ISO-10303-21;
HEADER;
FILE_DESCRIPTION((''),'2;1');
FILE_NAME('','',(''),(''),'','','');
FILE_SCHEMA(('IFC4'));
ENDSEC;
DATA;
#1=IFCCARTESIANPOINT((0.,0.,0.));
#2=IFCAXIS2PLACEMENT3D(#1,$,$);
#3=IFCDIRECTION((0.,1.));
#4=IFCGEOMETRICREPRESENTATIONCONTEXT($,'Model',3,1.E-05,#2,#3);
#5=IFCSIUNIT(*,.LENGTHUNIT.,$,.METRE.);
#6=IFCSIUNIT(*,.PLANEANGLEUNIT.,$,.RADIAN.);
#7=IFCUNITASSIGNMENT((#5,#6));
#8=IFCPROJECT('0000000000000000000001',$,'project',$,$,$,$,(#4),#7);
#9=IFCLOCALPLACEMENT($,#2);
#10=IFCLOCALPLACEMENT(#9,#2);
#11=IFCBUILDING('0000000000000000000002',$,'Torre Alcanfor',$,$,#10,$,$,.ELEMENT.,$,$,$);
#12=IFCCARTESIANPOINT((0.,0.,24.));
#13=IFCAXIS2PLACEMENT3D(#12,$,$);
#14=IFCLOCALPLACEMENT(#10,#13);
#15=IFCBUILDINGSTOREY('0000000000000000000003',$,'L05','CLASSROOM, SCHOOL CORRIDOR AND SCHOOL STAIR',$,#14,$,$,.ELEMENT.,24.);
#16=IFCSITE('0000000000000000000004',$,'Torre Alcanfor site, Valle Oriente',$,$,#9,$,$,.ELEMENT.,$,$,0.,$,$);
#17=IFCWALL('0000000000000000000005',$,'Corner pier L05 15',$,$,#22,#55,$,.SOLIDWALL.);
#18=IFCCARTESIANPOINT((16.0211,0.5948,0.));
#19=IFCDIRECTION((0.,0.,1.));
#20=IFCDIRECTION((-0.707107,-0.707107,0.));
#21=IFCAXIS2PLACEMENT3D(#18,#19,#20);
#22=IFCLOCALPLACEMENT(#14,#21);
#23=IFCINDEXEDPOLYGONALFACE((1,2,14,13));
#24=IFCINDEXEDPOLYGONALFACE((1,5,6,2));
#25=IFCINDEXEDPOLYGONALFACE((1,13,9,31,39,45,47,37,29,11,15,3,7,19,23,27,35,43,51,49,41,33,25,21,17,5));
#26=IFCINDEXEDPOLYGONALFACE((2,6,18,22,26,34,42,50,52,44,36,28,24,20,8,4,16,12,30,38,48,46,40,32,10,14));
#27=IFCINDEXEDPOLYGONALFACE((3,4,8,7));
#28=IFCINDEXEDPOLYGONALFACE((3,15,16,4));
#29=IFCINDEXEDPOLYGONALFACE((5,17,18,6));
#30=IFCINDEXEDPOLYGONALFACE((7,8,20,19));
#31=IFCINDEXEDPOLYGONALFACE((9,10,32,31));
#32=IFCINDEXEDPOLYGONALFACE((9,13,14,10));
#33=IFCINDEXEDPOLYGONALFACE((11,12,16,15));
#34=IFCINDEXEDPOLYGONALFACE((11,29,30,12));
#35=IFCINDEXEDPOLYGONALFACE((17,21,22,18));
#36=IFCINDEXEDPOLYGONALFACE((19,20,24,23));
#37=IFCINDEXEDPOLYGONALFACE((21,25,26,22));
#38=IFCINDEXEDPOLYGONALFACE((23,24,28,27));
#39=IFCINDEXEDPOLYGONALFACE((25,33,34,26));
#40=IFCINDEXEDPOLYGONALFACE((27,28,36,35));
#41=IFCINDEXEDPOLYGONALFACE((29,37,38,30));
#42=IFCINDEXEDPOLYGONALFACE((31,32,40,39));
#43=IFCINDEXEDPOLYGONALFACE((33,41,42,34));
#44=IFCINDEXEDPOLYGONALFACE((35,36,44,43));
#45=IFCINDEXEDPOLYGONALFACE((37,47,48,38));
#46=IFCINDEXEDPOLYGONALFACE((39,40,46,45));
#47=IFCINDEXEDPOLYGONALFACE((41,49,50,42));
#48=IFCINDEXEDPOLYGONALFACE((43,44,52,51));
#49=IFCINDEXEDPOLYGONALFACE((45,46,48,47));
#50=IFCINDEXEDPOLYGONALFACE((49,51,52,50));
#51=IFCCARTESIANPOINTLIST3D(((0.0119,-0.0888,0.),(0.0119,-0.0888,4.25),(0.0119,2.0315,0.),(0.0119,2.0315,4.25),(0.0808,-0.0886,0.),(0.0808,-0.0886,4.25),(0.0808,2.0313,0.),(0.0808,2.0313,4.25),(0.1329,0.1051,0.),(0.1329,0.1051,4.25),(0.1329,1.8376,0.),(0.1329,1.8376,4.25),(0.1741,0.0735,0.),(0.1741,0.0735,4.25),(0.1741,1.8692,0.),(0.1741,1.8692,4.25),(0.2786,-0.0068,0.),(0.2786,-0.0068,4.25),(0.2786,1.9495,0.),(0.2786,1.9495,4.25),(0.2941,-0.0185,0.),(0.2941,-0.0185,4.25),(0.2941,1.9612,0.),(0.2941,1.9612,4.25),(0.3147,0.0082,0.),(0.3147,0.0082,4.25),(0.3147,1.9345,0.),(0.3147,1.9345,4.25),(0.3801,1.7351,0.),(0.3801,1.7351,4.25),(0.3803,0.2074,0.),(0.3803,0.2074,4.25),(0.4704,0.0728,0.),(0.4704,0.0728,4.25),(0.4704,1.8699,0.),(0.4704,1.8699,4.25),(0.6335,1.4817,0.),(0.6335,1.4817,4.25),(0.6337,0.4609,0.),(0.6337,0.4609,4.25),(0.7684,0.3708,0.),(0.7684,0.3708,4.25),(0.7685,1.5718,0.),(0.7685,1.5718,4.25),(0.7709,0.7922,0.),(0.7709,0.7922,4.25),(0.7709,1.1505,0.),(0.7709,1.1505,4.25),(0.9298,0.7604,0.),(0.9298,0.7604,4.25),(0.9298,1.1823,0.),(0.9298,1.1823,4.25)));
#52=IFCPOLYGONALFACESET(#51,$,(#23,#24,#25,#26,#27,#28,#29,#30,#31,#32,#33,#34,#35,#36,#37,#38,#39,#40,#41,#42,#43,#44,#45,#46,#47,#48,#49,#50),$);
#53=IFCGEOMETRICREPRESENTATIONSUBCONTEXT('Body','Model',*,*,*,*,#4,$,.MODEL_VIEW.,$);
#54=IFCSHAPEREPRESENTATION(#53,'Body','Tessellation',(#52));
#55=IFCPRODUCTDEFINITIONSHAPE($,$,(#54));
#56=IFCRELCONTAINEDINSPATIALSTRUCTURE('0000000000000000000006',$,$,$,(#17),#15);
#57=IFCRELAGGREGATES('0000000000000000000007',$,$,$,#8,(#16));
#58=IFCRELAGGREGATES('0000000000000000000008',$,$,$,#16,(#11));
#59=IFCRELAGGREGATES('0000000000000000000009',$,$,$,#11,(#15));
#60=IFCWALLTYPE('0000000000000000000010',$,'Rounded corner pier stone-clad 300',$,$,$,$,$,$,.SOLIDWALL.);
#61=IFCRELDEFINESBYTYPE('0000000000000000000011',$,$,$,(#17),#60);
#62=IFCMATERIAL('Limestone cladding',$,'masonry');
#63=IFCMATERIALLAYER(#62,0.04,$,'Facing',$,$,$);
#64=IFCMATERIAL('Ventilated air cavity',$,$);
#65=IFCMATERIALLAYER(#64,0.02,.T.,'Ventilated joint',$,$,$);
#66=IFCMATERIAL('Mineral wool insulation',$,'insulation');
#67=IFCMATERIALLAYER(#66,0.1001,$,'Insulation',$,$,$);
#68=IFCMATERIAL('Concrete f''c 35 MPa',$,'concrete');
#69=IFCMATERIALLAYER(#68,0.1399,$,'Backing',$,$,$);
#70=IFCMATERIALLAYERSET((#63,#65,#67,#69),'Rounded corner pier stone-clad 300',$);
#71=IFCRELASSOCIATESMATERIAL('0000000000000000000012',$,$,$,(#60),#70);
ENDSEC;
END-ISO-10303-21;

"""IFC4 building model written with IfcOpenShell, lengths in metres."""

from ifc_helpers import new_model, si_unit, direction, frame, origin, place, context, subcontext, project, spatial, polyline, outline, extrude, material, layer, layer_set, type_object, element, save


model = new_model("IFC4")

# Units and contexts
model_context = context("Model", 3, precision=1e-05, world=origin(), true_north=direction((0.0, 1.0)))
body_context = subcontext(model_context, "Body", "Model", "MODEL_VIEW")
ifc_project = project(units=[si_unit("LENGTHUNIT", "METRE"), si_unit("PLANEANGLEUNIT", "RADIAN")], contexts=[model_context])

# Site, building, storey
site_placement = place(None, origin())
site = spatial("IfcSite", under=ifc_project, at=site_placement, Name="Torre Alcanfor site, Valle Oriente", CompositionType="ELEMENT", RefElevation=0.0)
building_placement = place(site_placement, origin())
building = spatial("IfcBuilding", under=site, at=building_placement, Name="Torre Alcanfor", CompositionType="ELEMENT")
storey_placement = place(building_placement, frame((0.0, 0.0, 24.0)))
storey = spatial("IfcBuildingStorey", under=building, at=storey_placement, Name="L05", Description="CLASSROOM, SCHOOL CORRIDOR AND SCHOOL STAIR", CompositionType="ELEMENT", Elevation=24.0)

# Wall
ifc_material_1 = material(Name="Limestone cladding", Category="masonry")
ifc_layer_1 = layer(ifc_material_1, 0.04, Name="Facing")
ifc_material_2 = material(Name="Ventilated air cavity")
ifc_layer_2 = layer(ifc_material_2, 0.02, ventilated=True, Name="Ventilated joint")
ifc_material_3 = material(Name="Mineral wool insulation", Category="insulation")
ifc_layer_3 = layer(ifc_material_3, 0.1001, Name="Insulation")
ifc_material_4 = material(Name="Concrete f'c 35 MPa", Category="concrete")
ifc_layer_4 = layer(ifc_material_4, 0.1399, Name="Backing")
ifc_layer_set_1 = layer_set([ifc_layer_1, ifc_layer_2, ifc_layer_3, ifc_layer_4], Name="Rounded corner pier stone-clad 300")
wall_type_1 = type_object("IfcWallType", Name="Rounded corner pier stone-clad 300", PredefinedType="SOLIDWALL", material=ifc_layer_set_1)
wall_1_placement = place(storey_placement, frame((16.0211, 0.5948, 0.0), z_axis=(0.0, 0.0, 1.0), x_axis=(-0.707107, -0.707107, 0.0)))
element("IfcWall", 1, at=wall_1_placement, inside=storey, type_object=wall_type_1, Name="Corner pier L05 15", PredefinedType="SOLIDWALL", context=body_context, shape_type="SweptSolid", body=[
    extrude(outline(polyline([(0.2941, 1.9612), (0.2786, 1.9495), (0.0808, 2.0313), (0.0119, 2.0315), (0.1741, 1.8692), (0.1329, 1.8376), (0.3801, 1.7351), (0.6335, 1.4817), (0.7709, 1.1505), (0.7709, 0.7922), (0.6337, 0.4609), (0.3803, 0.2074), (0.1329, 0.1051), (0.1741, 0.0735), (0.0119, -0.0888), (0.0808, -0.0886), (0.2786, -0.0068), (0.2941, -0.0185), (0.3147, 0.0082), (0.4704, 0.0728), (0.7684, 0.3708), (0.9298, 0.7604), (0.9298, 1.1823), (0.7685, 1.5718), (0.4704, 1.8699), (0.3147, 1.9345), (0.2941, 1.9612)])), origin(), (0.0, 0.0, 1.0), 4.25),
])

save(model, "model.ifc")
